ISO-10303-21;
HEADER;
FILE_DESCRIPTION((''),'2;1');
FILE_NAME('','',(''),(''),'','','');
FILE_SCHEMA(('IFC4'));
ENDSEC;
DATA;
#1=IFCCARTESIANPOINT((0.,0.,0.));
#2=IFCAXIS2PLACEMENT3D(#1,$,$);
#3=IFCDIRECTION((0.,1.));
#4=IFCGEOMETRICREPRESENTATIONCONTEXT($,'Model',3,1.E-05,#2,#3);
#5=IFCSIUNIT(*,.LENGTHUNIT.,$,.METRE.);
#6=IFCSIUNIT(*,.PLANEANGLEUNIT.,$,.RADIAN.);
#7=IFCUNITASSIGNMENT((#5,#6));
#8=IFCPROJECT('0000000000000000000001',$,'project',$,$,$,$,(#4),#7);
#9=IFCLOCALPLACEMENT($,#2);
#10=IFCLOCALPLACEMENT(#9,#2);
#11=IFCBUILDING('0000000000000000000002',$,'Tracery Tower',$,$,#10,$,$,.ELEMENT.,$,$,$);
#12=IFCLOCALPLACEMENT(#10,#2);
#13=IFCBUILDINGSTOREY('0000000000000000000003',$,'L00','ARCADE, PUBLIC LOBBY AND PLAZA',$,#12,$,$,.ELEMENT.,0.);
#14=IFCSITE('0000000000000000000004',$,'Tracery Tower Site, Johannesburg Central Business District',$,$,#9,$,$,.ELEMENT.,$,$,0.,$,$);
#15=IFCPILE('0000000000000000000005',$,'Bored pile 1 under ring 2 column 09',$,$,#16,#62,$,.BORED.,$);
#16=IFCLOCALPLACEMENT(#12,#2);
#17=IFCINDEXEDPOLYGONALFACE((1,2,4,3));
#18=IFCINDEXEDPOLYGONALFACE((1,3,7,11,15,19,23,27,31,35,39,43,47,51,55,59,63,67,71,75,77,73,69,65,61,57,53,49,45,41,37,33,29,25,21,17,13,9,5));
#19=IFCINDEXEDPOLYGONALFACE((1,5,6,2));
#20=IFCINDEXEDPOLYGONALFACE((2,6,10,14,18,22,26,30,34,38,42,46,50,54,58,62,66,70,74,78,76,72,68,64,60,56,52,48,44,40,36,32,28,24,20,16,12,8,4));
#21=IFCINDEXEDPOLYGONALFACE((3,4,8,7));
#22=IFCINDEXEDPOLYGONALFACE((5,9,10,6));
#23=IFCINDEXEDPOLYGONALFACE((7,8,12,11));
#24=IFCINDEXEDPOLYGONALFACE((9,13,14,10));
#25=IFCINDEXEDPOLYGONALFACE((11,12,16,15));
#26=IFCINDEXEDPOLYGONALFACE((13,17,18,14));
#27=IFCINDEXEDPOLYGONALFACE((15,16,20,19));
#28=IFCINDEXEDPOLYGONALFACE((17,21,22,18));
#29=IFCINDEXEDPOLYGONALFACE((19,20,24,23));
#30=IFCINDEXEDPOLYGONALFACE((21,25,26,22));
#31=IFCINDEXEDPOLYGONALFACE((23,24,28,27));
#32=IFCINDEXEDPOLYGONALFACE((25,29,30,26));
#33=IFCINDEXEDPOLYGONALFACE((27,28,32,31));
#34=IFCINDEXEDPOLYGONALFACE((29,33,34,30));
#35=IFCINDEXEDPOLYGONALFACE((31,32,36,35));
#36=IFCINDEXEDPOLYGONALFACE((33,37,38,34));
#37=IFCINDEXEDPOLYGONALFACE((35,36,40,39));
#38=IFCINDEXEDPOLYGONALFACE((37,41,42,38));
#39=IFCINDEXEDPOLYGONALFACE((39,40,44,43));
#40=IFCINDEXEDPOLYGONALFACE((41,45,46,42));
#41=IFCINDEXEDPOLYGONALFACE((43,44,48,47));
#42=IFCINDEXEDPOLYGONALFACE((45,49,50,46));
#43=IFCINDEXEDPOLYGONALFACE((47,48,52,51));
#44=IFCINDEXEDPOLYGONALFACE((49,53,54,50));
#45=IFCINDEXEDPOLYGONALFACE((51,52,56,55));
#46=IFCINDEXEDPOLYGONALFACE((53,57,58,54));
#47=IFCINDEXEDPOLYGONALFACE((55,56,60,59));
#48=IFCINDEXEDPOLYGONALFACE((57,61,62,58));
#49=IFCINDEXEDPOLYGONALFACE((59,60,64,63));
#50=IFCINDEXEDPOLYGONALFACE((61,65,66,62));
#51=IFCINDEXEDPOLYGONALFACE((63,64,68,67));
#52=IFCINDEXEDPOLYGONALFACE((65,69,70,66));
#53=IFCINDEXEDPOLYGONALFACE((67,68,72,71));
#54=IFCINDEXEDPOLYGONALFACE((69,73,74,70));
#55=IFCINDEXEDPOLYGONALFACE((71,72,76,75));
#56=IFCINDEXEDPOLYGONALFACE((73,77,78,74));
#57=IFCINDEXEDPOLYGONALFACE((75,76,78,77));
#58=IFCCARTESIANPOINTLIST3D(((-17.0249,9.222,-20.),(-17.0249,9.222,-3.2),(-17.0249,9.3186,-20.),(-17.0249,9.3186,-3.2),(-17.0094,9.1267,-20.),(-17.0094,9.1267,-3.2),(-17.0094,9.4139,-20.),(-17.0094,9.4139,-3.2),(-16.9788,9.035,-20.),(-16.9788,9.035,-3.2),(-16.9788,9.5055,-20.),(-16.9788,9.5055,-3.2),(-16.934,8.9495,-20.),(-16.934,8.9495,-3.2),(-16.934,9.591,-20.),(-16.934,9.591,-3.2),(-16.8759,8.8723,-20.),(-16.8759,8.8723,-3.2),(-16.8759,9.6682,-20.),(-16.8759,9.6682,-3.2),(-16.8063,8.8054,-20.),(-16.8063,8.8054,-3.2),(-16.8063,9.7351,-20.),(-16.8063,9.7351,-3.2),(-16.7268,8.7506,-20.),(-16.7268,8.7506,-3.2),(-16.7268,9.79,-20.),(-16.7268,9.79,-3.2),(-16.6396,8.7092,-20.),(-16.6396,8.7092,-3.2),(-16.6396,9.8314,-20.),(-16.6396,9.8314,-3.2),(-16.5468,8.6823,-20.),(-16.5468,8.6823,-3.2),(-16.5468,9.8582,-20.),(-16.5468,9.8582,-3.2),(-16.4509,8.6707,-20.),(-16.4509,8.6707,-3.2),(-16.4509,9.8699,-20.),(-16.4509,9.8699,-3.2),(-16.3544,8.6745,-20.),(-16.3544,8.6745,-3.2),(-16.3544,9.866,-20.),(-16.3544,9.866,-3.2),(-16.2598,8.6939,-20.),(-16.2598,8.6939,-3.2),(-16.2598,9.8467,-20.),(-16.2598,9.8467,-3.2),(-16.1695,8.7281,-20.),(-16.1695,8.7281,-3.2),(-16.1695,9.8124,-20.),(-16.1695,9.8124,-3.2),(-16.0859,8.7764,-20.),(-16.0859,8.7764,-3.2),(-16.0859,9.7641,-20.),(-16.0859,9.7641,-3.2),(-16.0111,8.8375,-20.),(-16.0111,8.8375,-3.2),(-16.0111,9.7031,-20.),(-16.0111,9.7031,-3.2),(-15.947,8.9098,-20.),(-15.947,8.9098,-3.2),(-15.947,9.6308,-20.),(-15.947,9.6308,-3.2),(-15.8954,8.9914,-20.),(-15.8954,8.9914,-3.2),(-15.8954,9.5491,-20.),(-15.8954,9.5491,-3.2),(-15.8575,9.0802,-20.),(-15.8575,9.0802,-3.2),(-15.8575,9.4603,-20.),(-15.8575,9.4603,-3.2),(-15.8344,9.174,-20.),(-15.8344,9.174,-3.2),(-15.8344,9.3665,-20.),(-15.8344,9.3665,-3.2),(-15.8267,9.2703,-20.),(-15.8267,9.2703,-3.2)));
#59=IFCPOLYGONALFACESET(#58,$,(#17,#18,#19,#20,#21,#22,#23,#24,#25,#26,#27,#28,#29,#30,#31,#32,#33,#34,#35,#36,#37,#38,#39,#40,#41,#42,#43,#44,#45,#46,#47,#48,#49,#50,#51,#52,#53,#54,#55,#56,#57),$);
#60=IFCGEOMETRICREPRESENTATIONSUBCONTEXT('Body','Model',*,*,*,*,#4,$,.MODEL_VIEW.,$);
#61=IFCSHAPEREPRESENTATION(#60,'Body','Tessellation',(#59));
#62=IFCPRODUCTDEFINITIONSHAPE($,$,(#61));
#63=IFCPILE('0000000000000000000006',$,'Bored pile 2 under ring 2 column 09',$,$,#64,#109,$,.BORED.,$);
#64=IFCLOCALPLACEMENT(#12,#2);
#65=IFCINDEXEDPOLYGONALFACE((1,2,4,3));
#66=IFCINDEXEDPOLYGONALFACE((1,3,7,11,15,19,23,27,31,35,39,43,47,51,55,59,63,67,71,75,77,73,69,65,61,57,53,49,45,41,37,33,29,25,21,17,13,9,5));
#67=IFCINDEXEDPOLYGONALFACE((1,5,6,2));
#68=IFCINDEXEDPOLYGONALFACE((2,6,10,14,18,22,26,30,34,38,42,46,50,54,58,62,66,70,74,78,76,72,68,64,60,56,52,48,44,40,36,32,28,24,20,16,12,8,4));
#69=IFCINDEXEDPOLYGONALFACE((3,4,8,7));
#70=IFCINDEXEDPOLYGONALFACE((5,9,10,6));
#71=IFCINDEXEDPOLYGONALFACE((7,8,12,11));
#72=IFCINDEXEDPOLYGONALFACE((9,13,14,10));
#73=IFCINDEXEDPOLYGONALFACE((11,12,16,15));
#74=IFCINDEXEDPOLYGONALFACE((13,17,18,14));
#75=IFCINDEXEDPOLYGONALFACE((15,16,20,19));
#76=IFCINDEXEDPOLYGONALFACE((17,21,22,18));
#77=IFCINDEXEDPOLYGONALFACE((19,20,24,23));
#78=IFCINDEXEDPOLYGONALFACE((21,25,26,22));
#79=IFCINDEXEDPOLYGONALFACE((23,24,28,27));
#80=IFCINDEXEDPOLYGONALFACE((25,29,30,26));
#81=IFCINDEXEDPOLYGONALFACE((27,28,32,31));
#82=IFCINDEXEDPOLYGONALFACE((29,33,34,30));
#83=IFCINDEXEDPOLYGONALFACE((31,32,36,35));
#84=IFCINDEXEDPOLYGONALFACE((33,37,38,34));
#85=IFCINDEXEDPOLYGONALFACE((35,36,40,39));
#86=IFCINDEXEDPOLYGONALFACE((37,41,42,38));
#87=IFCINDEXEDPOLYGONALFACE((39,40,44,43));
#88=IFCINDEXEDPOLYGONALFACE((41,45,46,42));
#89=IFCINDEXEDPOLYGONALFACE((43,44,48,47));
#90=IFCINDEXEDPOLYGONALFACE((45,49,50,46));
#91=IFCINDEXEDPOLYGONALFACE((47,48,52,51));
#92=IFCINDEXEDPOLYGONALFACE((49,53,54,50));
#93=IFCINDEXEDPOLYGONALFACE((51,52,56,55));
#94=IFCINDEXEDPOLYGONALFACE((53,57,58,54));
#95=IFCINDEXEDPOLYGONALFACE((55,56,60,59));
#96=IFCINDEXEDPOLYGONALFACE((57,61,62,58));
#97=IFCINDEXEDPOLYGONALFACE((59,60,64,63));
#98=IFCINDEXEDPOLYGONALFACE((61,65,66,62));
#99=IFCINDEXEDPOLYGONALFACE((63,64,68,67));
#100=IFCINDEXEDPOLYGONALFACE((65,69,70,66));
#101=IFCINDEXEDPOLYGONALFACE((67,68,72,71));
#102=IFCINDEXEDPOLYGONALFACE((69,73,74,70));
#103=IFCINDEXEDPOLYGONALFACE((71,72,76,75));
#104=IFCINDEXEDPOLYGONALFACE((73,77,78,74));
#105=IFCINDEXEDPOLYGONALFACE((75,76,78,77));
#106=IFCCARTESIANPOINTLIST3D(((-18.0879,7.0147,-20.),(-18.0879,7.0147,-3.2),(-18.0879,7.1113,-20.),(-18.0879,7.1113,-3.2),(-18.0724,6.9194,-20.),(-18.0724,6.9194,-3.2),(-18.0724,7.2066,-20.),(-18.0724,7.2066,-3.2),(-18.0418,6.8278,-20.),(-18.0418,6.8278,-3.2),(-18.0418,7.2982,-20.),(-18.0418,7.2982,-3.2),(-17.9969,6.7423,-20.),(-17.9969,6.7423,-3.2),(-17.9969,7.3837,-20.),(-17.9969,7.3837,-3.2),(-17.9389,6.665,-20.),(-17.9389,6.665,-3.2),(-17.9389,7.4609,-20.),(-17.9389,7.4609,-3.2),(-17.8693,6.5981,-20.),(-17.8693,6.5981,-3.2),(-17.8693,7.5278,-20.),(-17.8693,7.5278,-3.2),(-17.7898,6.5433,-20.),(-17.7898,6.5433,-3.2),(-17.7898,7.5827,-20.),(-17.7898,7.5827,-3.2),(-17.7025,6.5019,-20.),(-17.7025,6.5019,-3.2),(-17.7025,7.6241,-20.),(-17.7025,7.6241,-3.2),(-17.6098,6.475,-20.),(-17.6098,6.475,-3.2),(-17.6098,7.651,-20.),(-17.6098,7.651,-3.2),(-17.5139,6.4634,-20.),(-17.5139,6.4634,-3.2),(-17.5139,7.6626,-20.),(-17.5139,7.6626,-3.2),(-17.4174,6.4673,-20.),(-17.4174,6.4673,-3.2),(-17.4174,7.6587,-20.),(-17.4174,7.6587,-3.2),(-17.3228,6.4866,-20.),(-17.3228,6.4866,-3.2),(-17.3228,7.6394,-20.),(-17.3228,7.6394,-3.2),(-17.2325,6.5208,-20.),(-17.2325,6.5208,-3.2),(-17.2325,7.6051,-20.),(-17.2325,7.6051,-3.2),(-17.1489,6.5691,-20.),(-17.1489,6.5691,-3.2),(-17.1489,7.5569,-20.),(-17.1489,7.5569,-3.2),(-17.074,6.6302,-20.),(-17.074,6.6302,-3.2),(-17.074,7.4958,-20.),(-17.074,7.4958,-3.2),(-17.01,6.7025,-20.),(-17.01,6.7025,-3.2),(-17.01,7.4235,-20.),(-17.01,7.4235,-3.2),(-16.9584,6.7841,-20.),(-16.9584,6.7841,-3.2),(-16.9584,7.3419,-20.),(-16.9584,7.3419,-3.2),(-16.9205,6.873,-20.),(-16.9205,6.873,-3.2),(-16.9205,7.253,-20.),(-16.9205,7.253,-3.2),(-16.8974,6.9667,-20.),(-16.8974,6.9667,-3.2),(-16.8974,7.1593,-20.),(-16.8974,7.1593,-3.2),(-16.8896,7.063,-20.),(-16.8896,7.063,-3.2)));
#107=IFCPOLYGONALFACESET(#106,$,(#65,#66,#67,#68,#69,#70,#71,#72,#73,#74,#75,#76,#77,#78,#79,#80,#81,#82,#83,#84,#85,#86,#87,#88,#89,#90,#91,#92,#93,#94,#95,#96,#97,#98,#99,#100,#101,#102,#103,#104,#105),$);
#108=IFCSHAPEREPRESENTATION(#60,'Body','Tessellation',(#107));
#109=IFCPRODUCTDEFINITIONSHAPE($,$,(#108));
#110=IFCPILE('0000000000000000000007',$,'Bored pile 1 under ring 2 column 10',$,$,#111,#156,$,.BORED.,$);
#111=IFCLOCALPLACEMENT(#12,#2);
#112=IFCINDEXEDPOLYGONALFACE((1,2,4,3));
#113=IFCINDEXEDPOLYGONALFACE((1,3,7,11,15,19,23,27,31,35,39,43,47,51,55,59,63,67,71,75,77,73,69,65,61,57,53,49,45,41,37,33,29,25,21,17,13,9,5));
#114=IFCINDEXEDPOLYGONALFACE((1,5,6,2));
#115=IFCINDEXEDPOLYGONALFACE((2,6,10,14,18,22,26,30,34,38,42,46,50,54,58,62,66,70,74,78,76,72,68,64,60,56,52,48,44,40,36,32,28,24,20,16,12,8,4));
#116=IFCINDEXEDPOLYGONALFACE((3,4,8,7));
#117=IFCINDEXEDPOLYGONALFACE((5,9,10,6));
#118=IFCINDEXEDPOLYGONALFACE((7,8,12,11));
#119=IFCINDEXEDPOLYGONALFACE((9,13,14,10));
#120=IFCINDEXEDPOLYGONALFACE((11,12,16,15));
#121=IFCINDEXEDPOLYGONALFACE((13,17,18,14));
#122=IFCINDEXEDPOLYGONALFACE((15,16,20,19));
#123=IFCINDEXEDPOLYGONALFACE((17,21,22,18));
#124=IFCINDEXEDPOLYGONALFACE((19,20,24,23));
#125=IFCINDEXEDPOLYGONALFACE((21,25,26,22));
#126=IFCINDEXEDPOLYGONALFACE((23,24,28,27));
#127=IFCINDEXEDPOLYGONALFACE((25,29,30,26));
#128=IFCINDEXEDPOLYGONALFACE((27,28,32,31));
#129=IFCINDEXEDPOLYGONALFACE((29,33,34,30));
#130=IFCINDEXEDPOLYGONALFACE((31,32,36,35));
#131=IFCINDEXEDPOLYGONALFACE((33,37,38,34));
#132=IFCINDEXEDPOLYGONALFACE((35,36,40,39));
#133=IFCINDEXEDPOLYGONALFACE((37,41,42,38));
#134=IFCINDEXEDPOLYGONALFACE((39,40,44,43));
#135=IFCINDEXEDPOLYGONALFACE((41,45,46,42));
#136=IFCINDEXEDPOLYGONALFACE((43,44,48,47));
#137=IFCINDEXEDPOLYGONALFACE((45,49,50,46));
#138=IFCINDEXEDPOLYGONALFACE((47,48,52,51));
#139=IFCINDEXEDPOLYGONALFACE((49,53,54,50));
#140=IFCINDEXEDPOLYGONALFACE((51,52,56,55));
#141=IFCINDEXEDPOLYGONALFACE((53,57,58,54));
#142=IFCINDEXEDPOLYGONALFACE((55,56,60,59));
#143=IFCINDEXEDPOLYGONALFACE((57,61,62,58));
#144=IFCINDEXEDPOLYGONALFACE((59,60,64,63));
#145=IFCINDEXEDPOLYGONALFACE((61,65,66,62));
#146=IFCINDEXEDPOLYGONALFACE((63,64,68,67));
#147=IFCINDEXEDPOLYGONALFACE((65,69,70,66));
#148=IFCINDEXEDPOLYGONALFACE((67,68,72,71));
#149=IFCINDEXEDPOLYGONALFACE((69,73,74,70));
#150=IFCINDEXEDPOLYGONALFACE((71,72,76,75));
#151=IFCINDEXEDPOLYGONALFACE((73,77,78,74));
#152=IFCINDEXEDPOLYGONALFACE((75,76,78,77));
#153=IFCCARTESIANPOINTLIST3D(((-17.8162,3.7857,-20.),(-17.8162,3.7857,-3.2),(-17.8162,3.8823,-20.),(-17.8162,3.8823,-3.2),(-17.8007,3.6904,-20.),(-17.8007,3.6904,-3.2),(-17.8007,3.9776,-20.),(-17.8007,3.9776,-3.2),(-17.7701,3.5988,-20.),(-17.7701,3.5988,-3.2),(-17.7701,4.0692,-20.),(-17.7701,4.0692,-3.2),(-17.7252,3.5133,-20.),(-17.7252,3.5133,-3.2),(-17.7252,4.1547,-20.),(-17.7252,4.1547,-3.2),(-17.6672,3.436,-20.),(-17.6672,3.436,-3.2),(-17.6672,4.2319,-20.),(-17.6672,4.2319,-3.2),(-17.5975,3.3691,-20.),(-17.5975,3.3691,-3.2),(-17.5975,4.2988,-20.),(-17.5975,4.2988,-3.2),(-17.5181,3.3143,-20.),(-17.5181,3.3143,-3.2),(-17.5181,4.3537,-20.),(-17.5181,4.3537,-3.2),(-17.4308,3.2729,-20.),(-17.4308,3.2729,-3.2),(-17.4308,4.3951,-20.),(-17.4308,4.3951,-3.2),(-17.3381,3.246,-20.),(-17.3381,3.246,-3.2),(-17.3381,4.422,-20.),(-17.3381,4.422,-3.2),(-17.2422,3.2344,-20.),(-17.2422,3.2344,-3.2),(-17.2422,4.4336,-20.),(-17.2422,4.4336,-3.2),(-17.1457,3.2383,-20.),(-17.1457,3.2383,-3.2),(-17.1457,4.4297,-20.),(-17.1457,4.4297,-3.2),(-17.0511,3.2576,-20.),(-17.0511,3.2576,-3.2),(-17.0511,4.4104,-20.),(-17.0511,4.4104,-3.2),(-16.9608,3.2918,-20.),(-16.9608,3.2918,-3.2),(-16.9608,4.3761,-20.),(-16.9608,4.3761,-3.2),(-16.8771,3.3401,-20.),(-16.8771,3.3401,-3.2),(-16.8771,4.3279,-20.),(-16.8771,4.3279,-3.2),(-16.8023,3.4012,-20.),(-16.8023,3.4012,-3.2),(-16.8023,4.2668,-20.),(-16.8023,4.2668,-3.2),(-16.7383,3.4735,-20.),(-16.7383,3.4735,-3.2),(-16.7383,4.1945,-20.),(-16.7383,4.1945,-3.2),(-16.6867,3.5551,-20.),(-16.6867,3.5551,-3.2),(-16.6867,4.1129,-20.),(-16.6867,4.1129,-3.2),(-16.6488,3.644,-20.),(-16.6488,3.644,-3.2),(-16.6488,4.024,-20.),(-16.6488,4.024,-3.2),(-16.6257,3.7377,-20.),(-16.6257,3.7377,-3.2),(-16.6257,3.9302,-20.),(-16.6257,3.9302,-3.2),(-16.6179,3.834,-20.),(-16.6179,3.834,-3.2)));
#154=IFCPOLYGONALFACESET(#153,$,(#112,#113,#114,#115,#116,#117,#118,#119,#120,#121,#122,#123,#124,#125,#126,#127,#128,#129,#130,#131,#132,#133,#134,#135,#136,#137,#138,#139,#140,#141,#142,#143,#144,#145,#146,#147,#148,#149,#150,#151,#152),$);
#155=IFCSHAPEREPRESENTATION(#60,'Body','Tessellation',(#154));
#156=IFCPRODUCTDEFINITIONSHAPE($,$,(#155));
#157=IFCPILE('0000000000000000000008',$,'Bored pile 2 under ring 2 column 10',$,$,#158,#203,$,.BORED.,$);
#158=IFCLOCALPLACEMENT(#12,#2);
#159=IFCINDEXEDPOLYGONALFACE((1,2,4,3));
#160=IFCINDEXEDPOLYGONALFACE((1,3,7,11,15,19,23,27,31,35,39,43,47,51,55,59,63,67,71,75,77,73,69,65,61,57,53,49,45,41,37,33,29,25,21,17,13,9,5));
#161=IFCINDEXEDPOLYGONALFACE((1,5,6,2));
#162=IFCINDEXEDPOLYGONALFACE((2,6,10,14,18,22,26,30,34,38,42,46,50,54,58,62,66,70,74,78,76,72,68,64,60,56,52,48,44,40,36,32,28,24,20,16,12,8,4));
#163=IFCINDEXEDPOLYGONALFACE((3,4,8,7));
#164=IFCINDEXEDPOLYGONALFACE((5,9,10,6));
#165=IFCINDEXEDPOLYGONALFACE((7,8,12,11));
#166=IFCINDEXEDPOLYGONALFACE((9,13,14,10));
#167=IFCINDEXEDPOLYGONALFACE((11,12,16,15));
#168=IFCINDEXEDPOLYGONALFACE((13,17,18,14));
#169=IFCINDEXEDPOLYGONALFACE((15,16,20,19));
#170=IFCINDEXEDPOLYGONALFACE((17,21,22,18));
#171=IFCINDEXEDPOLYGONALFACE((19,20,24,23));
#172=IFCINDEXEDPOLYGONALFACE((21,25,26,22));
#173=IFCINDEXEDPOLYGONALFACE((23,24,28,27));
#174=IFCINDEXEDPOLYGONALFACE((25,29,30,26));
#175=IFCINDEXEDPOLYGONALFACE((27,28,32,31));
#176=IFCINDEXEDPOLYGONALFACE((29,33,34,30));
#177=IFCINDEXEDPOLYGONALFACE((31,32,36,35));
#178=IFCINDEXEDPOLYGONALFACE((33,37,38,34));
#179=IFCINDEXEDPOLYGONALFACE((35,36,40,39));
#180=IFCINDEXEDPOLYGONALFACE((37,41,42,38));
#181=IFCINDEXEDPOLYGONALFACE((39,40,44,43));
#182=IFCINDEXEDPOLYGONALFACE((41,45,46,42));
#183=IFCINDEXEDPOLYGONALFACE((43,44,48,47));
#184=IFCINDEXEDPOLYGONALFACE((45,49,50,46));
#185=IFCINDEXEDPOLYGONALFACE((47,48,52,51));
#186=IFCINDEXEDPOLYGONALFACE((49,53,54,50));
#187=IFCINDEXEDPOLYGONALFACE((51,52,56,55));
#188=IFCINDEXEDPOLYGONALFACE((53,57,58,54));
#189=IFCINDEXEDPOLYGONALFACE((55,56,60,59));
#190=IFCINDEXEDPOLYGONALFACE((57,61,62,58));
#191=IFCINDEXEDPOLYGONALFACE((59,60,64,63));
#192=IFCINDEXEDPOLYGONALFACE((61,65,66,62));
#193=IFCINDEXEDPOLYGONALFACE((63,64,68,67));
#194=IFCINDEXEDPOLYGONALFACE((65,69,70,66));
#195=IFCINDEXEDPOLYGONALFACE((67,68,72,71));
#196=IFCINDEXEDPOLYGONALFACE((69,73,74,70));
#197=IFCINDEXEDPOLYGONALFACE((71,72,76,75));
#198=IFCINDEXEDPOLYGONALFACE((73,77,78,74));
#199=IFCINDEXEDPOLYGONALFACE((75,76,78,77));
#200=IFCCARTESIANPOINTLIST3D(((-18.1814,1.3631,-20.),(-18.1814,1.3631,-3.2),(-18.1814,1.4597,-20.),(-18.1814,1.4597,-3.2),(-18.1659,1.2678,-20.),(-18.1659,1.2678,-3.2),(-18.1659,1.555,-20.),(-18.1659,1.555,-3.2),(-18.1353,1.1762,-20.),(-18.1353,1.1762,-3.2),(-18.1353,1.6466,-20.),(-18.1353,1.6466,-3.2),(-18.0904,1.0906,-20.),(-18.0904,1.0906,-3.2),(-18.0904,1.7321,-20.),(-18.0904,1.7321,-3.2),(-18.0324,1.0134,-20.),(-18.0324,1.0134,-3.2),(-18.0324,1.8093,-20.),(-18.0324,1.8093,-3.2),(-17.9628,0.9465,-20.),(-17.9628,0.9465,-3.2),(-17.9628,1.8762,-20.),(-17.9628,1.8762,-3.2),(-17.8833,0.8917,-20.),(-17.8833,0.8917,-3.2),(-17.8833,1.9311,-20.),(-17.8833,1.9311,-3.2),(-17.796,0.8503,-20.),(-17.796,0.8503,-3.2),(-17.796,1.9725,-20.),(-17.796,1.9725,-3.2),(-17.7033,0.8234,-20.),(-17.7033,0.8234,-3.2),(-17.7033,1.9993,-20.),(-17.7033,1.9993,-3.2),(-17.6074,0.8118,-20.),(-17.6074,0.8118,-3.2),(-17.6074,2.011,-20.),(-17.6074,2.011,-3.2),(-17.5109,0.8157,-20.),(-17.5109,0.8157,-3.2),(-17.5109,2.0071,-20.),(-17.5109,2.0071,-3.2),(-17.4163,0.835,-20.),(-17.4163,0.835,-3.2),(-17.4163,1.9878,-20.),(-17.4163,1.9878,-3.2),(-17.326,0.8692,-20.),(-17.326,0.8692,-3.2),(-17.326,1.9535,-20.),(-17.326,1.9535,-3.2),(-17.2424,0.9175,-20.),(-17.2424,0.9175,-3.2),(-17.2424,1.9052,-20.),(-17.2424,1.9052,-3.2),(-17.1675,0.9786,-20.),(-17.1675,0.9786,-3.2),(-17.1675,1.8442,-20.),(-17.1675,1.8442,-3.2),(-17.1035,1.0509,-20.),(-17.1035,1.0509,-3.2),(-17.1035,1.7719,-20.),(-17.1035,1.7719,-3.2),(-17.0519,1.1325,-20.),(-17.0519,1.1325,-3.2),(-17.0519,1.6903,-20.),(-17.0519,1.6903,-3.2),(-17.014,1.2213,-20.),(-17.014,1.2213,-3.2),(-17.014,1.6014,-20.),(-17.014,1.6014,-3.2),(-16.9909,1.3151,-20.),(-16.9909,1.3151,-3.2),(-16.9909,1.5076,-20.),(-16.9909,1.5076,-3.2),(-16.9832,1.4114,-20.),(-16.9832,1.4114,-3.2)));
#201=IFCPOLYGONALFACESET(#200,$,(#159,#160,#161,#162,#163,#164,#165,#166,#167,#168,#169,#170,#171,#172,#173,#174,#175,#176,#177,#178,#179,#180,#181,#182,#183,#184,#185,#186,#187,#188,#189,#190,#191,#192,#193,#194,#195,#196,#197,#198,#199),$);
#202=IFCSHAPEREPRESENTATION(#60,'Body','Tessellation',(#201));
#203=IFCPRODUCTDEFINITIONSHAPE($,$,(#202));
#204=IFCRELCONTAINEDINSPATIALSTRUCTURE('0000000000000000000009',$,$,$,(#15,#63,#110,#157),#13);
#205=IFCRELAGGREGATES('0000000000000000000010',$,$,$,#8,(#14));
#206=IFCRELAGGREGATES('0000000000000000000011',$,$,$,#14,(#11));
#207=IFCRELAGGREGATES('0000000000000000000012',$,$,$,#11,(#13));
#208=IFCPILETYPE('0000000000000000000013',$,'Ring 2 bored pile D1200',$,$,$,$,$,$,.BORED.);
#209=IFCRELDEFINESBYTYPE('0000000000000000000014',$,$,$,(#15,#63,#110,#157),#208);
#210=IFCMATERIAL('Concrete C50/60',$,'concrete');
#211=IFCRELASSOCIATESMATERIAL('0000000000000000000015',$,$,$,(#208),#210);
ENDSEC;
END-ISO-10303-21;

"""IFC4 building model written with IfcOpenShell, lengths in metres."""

from ifc_helpers import new_model, si_unit, direction, frame, origin, origin_2d, place, context, subcontext, project, spatial, circle, extrude, material, material_profile, profile_set, type_object, element, save


model = new_model("IFC4")

# Units and contexts
model_context = context("Model", 3, precision=1e-05, world=origin(), true_north=direction((0.0, 1.0)))
body_context = subcontext(model_context, "Body", "Model", "MODEL_VIEW")
ifc_project = project(units=[si_unit("LENGTHUNIT", "METRE"), si_unit("PLANEANGLEUNIT", "RADIAN")], contexts=[model_context])

# Site, building, storey
site_placement = place(None, origin())
site = spatial("IfcSite", under=ifc_project, at=site_placement, Name="Tracery Tower Site, Johannesburg Central Business District", CompositionType="ELEMENT", RefElevation=0.0)
building_placement = place(site_placement, origin())
building = spatial("IfcBuilding", under=site, at=building_placement, Name="Tracery Tower", CompositionType="ELEMENT")
storey_placement = place(building_placement, origin())
storey = spatial("IfcBuildingStorey", under=building, at=storey_placement, Name="L00", Description="ARCADE, PUBLIC LOBBY AND PLAZA", CompositionType="ELEMENT", Elevation=0.0)

# Piles
ifc_material_1 = material(Name="Concrete C50/60", Category="concrete")
ifc_material_profile_1 = material_profile(ifc_material_1, circle(Radius=0.6001, at=origin_2d()), Name="RC D1200")
ifc_profile_set_1 = profile_set([ifc_material_profile_1], Name="Concrete C50/60")
pile_type_1 = type_object("IfcPileType", Name="Ring 2 bored pile D1200", PredefinedType="BORED", material=ifc_profile_set_1)
for number, where, z_axis, x_axis, name in (
    (1, (-16.4268, 9.2703, -3.2), (0.0, 0.0, -1.0), (1.0, 0.0, 0.0), "Bored pile 1 under ring 2 column 09"),
    (2, (-17.4897, 7.063, -3.2), (0.0, 0.0, -1.0), (1.0, 0.0, 0.0), "Bored pile 2 under ring 2 column 09"),
    (3, (-17.218, 3.834, -3.2), (0.0, 0.0, -1.0), (1.0, 0.0, 0.0), "Bored pile 1 under ring 2 column 10"),
    (4, (-17.5833, 1.4114, -3.2), (0.0, 0.0, -1.0), (1.0, 0.0, 0.0), "Bored pile 2 under ring 2 column 10"),
):
    element("IfcPile", number, at=place(storey_placement, frame(where, z_axis=z_axis, x_axis=x_axis)), inside=storey, type_object=pile_type_1, Name=name, PredefinedType="BORED", context=body_context, shape_type="SweptSolid", body=[
        extrude(circle(Radius=0.6001, at=origin_2d()), origin(), (0.0, 0.0, 1.0), 16.8),
    ])

save(model, "model.ifc")
